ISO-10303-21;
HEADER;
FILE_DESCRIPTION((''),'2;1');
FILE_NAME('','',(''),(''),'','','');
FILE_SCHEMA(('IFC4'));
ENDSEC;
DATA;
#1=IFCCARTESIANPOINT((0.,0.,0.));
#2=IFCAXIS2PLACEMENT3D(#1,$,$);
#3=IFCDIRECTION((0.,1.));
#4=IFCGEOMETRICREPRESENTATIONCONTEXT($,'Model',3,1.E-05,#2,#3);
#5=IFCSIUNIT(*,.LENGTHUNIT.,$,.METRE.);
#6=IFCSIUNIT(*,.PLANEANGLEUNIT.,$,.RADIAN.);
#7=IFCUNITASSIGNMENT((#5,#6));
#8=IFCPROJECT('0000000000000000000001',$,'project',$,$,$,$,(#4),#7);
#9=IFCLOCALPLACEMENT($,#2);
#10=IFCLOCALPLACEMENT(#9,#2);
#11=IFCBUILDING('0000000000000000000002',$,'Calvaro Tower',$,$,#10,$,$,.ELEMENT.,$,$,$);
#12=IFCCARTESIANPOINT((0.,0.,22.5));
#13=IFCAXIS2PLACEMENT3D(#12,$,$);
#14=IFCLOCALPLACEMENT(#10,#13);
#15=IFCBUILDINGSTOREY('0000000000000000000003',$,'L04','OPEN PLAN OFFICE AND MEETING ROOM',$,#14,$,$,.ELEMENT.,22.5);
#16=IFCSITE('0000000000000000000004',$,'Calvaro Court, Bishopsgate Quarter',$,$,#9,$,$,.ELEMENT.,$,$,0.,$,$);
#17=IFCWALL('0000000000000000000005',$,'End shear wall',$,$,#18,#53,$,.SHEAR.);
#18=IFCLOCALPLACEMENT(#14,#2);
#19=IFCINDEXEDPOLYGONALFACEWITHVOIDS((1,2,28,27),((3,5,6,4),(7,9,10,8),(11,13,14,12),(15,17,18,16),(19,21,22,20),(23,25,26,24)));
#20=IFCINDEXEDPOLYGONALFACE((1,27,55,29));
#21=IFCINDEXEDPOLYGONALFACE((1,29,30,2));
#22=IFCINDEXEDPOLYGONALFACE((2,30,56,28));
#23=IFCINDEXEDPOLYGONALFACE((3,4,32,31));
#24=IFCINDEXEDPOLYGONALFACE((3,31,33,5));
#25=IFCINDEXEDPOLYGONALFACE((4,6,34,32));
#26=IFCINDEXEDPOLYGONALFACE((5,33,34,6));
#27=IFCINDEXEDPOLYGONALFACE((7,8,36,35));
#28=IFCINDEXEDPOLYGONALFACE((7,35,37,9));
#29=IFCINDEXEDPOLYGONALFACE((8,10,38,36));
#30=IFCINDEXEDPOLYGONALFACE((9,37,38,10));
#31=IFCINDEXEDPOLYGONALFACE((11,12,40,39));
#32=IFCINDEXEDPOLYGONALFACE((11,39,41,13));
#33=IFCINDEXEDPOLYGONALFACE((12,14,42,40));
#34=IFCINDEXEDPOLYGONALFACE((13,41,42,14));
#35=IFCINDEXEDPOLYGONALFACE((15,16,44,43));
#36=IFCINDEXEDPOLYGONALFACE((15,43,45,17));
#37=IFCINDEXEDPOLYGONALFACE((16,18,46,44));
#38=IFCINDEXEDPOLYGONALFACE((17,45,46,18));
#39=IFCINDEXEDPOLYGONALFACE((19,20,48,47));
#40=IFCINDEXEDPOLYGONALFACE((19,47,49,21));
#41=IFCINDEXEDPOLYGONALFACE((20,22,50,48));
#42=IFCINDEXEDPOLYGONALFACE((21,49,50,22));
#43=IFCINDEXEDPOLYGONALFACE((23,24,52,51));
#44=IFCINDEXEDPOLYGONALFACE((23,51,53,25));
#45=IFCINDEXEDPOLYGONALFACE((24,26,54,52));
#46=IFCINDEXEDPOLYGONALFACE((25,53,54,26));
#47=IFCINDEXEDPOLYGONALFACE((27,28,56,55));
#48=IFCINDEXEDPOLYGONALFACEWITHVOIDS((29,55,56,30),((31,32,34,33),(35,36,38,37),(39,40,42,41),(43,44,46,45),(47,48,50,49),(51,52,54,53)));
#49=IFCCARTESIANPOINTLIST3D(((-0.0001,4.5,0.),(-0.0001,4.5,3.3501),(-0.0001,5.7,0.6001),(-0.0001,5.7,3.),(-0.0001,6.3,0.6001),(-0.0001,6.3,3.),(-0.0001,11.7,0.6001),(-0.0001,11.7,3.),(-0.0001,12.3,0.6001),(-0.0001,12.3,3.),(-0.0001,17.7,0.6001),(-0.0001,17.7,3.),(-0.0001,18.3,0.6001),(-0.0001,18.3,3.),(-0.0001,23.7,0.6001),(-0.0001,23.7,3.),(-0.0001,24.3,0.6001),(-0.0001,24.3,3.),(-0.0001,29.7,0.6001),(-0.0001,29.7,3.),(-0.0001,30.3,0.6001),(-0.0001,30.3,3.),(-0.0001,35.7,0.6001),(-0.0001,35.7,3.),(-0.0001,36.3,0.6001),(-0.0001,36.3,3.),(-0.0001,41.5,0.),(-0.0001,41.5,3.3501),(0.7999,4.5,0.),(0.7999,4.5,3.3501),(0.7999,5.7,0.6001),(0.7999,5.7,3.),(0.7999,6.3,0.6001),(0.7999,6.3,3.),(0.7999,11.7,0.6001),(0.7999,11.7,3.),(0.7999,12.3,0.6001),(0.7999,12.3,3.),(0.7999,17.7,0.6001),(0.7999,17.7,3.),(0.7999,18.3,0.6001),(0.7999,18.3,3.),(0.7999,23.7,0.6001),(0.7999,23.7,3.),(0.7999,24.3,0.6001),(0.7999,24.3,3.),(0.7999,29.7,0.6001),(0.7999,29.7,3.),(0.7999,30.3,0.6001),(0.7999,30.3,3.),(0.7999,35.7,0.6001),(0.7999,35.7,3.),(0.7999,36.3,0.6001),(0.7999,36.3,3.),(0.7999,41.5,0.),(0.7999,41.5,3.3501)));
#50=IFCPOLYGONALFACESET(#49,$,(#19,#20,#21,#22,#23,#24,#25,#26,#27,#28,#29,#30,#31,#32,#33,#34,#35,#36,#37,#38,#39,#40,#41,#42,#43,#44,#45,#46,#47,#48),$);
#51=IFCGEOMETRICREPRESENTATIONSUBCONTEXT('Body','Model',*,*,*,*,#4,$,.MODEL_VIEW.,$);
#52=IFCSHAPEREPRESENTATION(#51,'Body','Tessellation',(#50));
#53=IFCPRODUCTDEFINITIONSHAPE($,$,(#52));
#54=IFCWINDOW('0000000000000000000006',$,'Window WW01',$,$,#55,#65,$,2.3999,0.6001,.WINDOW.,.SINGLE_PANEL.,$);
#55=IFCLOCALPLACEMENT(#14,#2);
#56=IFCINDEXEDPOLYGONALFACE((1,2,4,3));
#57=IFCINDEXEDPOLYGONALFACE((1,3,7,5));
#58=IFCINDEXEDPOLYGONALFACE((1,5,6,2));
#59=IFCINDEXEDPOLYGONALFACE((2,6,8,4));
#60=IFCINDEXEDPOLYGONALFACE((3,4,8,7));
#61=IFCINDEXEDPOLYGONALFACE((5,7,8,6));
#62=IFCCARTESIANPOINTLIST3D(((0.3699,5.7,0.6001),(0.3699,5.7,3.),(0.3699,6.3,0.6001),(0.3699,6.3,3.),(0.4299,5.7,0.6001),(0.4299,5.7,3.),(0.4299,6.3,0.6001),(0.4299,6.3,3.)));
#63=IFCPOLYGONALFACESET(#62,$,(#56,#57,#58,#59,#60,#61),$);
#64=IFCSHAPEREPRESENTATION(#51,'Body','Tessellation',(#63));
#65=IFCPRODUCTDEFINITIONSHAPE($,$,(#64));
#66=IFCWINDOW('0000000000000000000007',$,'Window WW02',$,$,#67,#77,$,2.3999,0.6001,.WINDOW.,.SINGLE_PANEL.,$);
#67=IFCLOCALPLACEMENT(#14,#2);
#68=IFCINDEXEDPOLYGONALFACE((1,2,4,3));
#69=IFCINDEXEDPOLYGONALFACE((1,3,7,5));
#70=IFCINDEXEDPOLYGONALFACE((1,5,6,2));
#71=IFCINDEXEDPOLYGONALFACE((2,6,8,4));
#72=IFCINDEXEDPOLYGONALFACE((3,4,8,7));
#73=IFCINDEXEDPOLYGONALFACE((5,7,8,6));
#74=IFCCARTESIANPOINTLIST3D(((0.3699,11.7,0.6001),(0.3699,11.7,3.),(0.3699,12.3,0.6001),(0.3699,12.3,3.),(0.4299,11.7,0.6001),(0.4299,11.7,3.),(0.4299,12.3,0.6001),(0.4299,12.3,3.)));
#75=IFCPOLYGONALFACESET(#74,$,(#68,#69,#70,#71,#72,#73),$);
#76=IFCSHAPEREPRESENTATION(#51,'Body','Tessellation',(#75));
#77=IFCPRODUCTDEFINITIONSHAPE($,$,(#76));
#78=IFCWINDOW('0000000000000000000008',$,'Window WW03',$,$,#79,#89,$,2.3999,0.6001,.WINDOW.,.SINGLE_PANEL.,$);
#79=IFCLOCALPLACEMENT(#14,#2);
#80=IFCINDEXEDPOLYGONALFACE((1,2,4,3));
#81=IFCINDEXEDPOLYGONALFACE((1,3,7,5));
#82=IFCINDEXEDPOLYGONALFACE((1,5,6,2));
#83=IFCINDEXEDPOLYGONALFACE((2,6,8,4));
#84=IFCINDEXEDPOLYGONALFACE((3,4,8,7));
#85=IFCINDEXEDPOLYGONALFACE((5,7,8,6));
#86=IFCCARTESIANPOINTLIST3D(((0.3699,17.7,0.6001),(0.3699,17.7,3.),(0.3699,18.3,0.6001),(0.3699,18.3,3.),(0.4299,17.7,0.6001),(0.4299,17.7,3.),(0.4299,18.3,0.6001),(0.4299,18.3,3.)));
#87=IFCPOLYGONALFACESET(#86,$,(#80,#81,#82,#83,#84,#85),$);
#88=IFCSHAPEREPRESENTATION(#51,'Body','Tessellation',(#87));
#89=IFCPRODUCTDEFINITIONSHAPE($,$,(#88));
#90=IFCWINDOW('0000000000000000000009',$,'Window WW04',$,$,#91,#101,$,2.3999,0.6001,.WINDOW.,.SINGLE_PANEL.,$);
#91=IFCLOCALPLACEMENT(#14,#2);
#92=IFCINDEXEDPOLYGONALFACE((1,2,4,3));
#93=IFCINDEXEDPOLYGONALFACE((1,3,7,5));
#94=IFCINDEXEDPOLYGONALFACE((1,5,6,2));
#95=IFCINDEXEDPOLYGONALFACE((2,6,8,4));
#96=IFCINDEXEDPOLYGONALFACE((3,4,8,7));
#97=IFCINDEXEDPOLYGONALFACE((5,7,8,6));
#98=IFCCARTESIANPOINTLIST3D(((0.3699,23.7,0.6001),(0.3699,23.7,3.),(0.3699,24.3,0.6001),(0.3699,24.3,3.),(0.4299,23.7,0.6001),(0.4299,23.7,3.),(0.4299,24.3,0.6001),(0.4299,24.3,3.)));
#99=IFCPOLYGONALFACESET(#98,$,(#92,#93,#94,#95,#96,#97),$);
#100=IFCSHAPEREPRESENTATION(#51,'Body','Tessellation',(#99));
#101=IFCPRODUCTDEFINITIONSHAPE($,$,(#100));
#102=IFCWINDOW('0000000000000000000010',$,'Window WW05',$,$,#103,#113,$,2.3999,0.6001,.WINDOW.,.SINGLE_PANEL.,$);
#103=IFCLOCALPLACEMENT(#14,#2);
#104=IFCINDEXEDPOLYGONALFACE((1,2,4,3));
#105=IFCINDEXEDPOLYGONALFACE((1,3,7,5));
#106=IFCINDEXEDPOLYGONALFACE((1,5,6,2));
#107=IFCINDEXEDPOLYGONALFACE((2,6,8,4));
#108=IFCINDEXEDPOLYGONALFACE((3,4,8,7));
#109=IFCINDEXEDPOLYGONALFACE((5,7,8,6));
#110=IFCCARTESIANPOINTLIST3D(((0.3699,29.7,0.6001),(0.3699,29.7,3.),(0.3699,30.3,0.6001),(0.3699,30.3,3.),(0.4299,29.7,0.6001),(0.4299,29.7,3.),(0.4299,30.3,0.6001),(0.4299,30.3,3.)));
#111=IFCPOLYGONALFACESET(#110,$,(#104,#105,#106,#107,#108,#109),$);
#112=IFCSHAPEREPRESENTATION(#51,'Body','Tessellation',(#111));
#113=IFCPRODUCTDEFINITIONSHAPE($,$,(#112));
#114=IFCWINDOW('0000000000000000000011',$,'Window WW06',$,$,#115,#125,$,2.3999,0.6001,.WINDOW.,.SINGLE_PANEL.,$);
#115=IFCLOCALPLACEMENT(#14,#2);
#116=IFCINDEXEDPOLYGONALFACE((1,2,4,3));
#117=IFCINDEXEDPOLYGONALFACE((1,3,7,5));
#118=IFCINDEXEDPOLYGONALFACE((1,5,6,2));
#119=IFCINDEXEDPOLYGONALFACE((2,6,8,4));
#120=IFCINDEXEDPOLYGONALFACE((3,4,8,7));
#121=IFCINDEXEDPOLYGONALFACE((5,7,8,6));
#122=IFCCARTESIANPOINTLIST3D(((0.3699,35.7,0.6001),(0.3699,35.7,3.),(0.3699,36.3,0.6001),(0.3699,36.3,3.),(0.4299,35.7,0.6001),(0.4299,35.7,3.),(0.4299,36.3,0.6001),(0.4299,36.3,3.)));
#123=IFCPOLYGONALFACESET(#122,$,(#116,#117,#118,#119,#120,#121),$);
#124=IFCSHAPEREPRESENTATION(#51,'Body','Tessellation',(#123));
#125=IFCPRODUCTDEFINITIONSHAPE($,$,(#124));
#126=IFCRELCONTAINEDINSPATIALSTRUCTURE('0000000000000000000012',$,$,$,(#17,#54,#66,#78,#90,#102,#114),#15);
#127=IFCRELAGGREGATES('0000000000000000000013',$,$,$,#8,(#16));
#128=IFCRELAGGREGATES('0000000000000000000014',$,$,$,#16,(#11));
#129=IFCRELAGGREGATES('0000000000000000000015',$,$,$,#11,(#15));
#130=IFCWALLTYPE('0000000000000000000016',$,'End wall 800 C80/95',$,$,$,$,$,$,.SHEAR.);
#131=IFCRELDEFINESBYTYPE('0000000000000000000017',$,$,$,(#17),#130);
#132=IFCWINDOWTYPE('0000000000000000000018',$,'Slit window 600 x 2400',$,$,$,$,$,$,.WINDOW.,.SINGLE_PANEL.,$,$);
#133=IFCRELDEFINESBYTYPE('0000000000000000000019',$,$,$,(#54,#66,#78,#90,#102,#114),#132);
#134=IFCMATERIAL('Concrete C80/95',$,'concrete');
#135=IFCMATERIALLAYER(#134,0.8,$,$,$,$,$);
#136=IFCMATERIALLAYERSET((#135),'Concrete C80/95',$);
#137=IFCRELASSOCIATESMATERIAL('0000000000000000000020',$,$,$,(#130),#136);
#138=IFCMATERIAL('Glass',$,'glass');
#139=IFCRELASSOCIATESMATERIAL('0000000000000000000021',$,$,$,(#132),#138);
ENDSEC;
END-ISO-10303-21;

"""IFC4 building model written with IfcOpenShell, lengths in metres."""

from ifc_helpers import new_model, si_unit, direction, frame, frame_2d, origin, place, context, subcontext, project, spatial, rectangle, extrude, material, layer, layer_set, type_object, element, fill, save


model = new_model("IFC4")

# Units and contexts
model_context = context("Model", 3, precision=1e-05, world=origin(), true_north=direction((0.0, 1.0)))
body_context = subcontext(model_context, "Body", "Model", "MODEL_VIEW")
ifc_project = project(units=[si_unit("LENGTHUNIT", "METRE"), si_unit("PLANEANGLEUNIT", "RADIAN")], contexts=[model_context])

# Site, building, storey
site_placement = place(None, origin())
site = spatial("IfcSite", under=ifc_project, at=site_placement, Name="Calvaro Court, Bishopsgate Quarter", CompositionType="ELEMENT", RefElevation=0.0)
building_placement = place(site_placement, origin())
building = spatial("IfcBuilding", under=site, at=building_placement, Name="Calvaro Tower", CompositionType="ELEMENT")
storey_placement = place(building_placement, frame((0.0, 0.0, 22.5)))
storey = spatial("IfcBuildingStorey", under=building, at=storey_placement, Name="L04", Description="OPEN PLAN OFFICE AND MEETING ROOM", CompositionType="ELEMENT", Elevation=22.5)

# Wall, openings, windows
ifc_material_1 = material(Name="Concrete C80/95", Category="concrete")
ifc_layer_1 = layer(ifc_material_1, 0.8)
ifc_layer_set_1 = layer_set([ifc_layer_1], Name="Concrete C80/95")
wall_type = type_object("IfcWallType", Name="End wall 800 C80/95", PredefinedType="SHEAR", material=ifc_layer_set_1)
wall_placement = place(storey_placement, frame((0.3999, 4.5, 0.0), z_axis=(0.0, 0.0, 1.0), x_axis=(0.0, 1.0, 0.0)))
wall = element("IfcWall", 1, at=wall_placement, inside=storey, type_object=wall_type, Name="End shear wall", PredefinedType="SHEAR", context=body_context, shape_type="SweptSolid", body=[
    extrude(rectangle(XDim=37.0, YDim=0.8, at=frame_2d((18.5, 0.0))), origin(), (0.0, 0.0, 1.0), 3.3501),
])
opening_1_placement = place(wall_placement, frame((1.2, 0.0, 0.6001)))
opening_1 = element("IfcOpeningElement", 2, at=opening_1_placement, cuts=wall, PredefinedType="OPENING", context=body_context, shape_type="SweptSolid", body=[
    extrude(rectangle(XDim=0.6001, YDim=2.3999, at=frame_2d((0.3, 1.2))), frame((0.0, 0.4099, 0.0), z_axis=(0.0, -1.0, 0.0), x_axis=(1.0, 0.0, 0.0)), (0.0, 0.0, 1.0), 0.8201),
])
opening_2_placement = place(wall_placement, frame((7.2, 0.0, 0.6001)))
opening_2 = element("IfcOpeningElement", 3, at=opening_2_placement, cuts=wall, PredefinedType="OPENING", context=body_context, shape_type="SweptSolid", body=[
    extrude(rectangle(XDim=0.6001, YDim=2.3999, at=frame_2d((0.3, 1.2))), frame((0.0, 0.4099, 0.0), z_axis=(0.0, -1.0, 0.0), x_axis=(1.0, 0.0, 0.0)), (0.0, 0.0, 1.0), 0.8201),
])
opening_3_placement = place(wall_placement, frame((13.2, 0.0, 0.6001)))
opening_3 = element("IfcOpeningElement", 4, at=opening_3_placement, cuts=wall, PredefinedType="OPENING", context=body_context, shape_type="SweptSolid", body=[
    extrude(rectangle(XDim=0.6001, YDim=2.3999, at=frame_2d((0.3, 1.2))), frame((0.0, 0.4099, 0.0), z_axis=(0.0, -1.0, 0.0), x_axis=(1.0, 0.0, 0.0)), (0.0, 0.0, 1.0), 0.8201),
])
opening_4_placement = place(wall_placement, frame((19.2, 0.0, 0.6001)))
opening_4 = element("IfcOpeningElement", 5, at=opening_4_placement, cuts=wall, PredefinedType="OPENING", context=body_context, shape_type="SweptSolid", body=[
    extrude(rectangle(XDim=0.6001, YDim=2.3999, at=frame_2d((0.3, 1.2))), frame((0.0, 0.4099, 0.0), z_axis=(0.0, -1.0, 0.0), x_axis=(1.0, 0.0, 0.0)), (0.0, 0.0, 1.0), 0.8201),
])
opening_5_placement = place(wall_placement, frame((25.2, 0.0, 0.6001)))
opening_5 = element("IfcOpeningElement", 6, at=opening_5_placement, cuts=wall, PredefinedType="OPENING", context=body_context, shape_type="SweptSolid", body=[
    extrude(rectangle(XDim=0.6001, YDim=2.3999, at=frame_2d((0.3, 1.2))), frame((0.0, 0.4099, 0.0), z_axis=(0.0, -1.0, 0.0), x_axis=(1.0, 0.0, 0.0)), (0.0, 0.0, 1.0), 0.8201),
])
opening_6_placement = place(wall_placement, frame((31.2, 0.0, 0.6001)))
opening_6 = element("IfcOpeningElement", 7, at=opening_6_placement, cuts=wall, PredefinedType="OPENING", context=body_context, shape_type="SweptSolid", body=[
    extrude(rectangle(XDim=0.6001, YDim=2.3999, at=frame_2d((0.3, 1.2))), frame((0.0, 0.4099, 0.0), z_axis=(0.0, -1.0, 0.0), x_axis=(1.0, 0.0, 0.0)), (0.0, 0.0, 1.0), 0.8201),
])
ifc_material_2 = material(Name="Glass", Category="glass")
window_type = type_object("IfcWindowType", Name="Slit window 600 x 2400", PartitioningType="SINGLE_PANEL", PredefinedType="WINDOW", material=ifc_material_2)
window_1_placement = place(opening_1_placement, origin())
window_1 = element("IfcWindow", 8, at=window_1_placement, inside=storey, type_object=window_type, Name="Window WW01", OverallHeight=2.3999, OverallWidth=0.6001, PartitioningType="SINGLE_PANEL", PredefinedType="WINDOW", context=body_context, shape_type="SweptSolid", body=[
    extrude(rectangle(XDim=0.6001, YDim=2.3999, at=frame_2d((0.3, 1.2))), frame((0.0, 0.03, 0.0), z_axis=(0.0, -1.0, 0.0), x_axis=(1.0, 0.0, 0.0)), (0.0, 0.0, 1.0), 0.0601),
])
fill(opening_1, window_1)
window_2_placement = place(opening_2_placement, origin())
window_2 = element("IfcWindow", 9, at=window_2_placement, inside=storey, type_object=window_type, Name="Window WW02", OverallHeight=2.3999, OverallWidth=0.6001, PartitioningType="SINGLE_PANEL", PredefinedType="WINDOW", context=body_context, shape_type="SweptSolid", body=[
    extrude(rectangle(XDim=0.6001, YDim=2.3999, at=frame_2d((0.3, 1.2))), frame((0.0, 0.03, 0.0), z_axis=(0.0, -1.0, 0.0), x_axis=(1.0, 0.0, 0.0)), (0.0, 0.0, 1.0), 0.0601),
])
fill(opening_2, window_2)
window_3_placement = place(opening_3_placement, origin())
window_3 = element("IfcWindow", 10, at=window_3_placement, inside=storey, type_object=window_type, Name="Window WW03", OverallHeight=2.3999, OverallWidth=0.6001, PartitioningType="SINGLE_PANEL", PredefinedType="WINDOW", context=body_context, shape_type="SweptSolid", body=[
    extrude(rectangle(XDim=0.6001, YDim=2.3999, at=frame_2d((0.3, 1.2))), frame((0.0, 0.03, 0.0), z_axis=(0.0, -1.0, 0.0), x_axis=(1.0, 0.0, 0.0)), (0.0, 0.0, 1.0), 0.0601),
])
fill(opening_3, window_3)
window_4_placement = place(opening_4_placement, origin())
window_4 = element("IfcWindow", 11, at=window_4_placement, inside=storey, type_object=window_type, Name="Window WW04", OverallHeight=2.3999, OverallWidth=0.6001, PartitioningType="SINGLE_PANEL", PredefinedType="WINDOW", context=body_context, shape_type="SweptSolid", body=[
    extrude(rectangle(XDim=0.6001, YDim=2.3999, at=frame_2d((0.3, 1.2))), frame((0.0, 0.03, 0.0), z_axis=(0.0, -1.0, 0.0), x_axis=(1.0, 0.0, 0.0)), (0.0, 0.0, 1.0), 0.0601),
])
fill(opening_4, window_4)
window_5_placement = place(opening_5_placement, origin())
window_5 = element("IfcWindow", 12, at=window_5_placement, inside=storey, type_object=window_type, Name="Window WW05", OverallHeight=2.3999, OverallWidth=0.6001, PartitioningType="SINGLE_PANEL", PredefinedType="WINDOW", context=body_context, shape_type="SweptSolid", body=[
    extrude(rectangle(XDim=0.6001, YDim=2.3999, at=frame_2d((0.3, 1.2))), frame((0.0, 0.03, 0.0), z_axis=(0.0, -1.0, 0.0), x_axis=(1.0, 0.0, 0.0)), (0.0, 0.0, 1.0), 0.0601),
])
fill(opening_5, window_5)
window_6_placement = place(opening_6_placement, origin())
window_6 = element("IfcWindow", 13, at=window_6_placement, inside=storey, type_object=window_type, Name="Window WW06", OverallHeight=2.3999, OverallWidth=0.6001, PartitioningType="SINGLE_PANEL", PredefinedType="WINDOW", context=body_context, shape_type="SweptSolid", body=[
    extrude(rectangle(XDim=0.6001, YDim=2.3999, at=frame_2d((0.3, 1.2))), frame((0.0, 0.03, 0.0), z_axis=(0.0, -1.0, 0.0), x_axis=(1.0, 0.0, 0.0)), (0.0, 0.0, 1.0), 0.0601),
])
fill(opening_6, window_6)

save(model, "model.ifc")
